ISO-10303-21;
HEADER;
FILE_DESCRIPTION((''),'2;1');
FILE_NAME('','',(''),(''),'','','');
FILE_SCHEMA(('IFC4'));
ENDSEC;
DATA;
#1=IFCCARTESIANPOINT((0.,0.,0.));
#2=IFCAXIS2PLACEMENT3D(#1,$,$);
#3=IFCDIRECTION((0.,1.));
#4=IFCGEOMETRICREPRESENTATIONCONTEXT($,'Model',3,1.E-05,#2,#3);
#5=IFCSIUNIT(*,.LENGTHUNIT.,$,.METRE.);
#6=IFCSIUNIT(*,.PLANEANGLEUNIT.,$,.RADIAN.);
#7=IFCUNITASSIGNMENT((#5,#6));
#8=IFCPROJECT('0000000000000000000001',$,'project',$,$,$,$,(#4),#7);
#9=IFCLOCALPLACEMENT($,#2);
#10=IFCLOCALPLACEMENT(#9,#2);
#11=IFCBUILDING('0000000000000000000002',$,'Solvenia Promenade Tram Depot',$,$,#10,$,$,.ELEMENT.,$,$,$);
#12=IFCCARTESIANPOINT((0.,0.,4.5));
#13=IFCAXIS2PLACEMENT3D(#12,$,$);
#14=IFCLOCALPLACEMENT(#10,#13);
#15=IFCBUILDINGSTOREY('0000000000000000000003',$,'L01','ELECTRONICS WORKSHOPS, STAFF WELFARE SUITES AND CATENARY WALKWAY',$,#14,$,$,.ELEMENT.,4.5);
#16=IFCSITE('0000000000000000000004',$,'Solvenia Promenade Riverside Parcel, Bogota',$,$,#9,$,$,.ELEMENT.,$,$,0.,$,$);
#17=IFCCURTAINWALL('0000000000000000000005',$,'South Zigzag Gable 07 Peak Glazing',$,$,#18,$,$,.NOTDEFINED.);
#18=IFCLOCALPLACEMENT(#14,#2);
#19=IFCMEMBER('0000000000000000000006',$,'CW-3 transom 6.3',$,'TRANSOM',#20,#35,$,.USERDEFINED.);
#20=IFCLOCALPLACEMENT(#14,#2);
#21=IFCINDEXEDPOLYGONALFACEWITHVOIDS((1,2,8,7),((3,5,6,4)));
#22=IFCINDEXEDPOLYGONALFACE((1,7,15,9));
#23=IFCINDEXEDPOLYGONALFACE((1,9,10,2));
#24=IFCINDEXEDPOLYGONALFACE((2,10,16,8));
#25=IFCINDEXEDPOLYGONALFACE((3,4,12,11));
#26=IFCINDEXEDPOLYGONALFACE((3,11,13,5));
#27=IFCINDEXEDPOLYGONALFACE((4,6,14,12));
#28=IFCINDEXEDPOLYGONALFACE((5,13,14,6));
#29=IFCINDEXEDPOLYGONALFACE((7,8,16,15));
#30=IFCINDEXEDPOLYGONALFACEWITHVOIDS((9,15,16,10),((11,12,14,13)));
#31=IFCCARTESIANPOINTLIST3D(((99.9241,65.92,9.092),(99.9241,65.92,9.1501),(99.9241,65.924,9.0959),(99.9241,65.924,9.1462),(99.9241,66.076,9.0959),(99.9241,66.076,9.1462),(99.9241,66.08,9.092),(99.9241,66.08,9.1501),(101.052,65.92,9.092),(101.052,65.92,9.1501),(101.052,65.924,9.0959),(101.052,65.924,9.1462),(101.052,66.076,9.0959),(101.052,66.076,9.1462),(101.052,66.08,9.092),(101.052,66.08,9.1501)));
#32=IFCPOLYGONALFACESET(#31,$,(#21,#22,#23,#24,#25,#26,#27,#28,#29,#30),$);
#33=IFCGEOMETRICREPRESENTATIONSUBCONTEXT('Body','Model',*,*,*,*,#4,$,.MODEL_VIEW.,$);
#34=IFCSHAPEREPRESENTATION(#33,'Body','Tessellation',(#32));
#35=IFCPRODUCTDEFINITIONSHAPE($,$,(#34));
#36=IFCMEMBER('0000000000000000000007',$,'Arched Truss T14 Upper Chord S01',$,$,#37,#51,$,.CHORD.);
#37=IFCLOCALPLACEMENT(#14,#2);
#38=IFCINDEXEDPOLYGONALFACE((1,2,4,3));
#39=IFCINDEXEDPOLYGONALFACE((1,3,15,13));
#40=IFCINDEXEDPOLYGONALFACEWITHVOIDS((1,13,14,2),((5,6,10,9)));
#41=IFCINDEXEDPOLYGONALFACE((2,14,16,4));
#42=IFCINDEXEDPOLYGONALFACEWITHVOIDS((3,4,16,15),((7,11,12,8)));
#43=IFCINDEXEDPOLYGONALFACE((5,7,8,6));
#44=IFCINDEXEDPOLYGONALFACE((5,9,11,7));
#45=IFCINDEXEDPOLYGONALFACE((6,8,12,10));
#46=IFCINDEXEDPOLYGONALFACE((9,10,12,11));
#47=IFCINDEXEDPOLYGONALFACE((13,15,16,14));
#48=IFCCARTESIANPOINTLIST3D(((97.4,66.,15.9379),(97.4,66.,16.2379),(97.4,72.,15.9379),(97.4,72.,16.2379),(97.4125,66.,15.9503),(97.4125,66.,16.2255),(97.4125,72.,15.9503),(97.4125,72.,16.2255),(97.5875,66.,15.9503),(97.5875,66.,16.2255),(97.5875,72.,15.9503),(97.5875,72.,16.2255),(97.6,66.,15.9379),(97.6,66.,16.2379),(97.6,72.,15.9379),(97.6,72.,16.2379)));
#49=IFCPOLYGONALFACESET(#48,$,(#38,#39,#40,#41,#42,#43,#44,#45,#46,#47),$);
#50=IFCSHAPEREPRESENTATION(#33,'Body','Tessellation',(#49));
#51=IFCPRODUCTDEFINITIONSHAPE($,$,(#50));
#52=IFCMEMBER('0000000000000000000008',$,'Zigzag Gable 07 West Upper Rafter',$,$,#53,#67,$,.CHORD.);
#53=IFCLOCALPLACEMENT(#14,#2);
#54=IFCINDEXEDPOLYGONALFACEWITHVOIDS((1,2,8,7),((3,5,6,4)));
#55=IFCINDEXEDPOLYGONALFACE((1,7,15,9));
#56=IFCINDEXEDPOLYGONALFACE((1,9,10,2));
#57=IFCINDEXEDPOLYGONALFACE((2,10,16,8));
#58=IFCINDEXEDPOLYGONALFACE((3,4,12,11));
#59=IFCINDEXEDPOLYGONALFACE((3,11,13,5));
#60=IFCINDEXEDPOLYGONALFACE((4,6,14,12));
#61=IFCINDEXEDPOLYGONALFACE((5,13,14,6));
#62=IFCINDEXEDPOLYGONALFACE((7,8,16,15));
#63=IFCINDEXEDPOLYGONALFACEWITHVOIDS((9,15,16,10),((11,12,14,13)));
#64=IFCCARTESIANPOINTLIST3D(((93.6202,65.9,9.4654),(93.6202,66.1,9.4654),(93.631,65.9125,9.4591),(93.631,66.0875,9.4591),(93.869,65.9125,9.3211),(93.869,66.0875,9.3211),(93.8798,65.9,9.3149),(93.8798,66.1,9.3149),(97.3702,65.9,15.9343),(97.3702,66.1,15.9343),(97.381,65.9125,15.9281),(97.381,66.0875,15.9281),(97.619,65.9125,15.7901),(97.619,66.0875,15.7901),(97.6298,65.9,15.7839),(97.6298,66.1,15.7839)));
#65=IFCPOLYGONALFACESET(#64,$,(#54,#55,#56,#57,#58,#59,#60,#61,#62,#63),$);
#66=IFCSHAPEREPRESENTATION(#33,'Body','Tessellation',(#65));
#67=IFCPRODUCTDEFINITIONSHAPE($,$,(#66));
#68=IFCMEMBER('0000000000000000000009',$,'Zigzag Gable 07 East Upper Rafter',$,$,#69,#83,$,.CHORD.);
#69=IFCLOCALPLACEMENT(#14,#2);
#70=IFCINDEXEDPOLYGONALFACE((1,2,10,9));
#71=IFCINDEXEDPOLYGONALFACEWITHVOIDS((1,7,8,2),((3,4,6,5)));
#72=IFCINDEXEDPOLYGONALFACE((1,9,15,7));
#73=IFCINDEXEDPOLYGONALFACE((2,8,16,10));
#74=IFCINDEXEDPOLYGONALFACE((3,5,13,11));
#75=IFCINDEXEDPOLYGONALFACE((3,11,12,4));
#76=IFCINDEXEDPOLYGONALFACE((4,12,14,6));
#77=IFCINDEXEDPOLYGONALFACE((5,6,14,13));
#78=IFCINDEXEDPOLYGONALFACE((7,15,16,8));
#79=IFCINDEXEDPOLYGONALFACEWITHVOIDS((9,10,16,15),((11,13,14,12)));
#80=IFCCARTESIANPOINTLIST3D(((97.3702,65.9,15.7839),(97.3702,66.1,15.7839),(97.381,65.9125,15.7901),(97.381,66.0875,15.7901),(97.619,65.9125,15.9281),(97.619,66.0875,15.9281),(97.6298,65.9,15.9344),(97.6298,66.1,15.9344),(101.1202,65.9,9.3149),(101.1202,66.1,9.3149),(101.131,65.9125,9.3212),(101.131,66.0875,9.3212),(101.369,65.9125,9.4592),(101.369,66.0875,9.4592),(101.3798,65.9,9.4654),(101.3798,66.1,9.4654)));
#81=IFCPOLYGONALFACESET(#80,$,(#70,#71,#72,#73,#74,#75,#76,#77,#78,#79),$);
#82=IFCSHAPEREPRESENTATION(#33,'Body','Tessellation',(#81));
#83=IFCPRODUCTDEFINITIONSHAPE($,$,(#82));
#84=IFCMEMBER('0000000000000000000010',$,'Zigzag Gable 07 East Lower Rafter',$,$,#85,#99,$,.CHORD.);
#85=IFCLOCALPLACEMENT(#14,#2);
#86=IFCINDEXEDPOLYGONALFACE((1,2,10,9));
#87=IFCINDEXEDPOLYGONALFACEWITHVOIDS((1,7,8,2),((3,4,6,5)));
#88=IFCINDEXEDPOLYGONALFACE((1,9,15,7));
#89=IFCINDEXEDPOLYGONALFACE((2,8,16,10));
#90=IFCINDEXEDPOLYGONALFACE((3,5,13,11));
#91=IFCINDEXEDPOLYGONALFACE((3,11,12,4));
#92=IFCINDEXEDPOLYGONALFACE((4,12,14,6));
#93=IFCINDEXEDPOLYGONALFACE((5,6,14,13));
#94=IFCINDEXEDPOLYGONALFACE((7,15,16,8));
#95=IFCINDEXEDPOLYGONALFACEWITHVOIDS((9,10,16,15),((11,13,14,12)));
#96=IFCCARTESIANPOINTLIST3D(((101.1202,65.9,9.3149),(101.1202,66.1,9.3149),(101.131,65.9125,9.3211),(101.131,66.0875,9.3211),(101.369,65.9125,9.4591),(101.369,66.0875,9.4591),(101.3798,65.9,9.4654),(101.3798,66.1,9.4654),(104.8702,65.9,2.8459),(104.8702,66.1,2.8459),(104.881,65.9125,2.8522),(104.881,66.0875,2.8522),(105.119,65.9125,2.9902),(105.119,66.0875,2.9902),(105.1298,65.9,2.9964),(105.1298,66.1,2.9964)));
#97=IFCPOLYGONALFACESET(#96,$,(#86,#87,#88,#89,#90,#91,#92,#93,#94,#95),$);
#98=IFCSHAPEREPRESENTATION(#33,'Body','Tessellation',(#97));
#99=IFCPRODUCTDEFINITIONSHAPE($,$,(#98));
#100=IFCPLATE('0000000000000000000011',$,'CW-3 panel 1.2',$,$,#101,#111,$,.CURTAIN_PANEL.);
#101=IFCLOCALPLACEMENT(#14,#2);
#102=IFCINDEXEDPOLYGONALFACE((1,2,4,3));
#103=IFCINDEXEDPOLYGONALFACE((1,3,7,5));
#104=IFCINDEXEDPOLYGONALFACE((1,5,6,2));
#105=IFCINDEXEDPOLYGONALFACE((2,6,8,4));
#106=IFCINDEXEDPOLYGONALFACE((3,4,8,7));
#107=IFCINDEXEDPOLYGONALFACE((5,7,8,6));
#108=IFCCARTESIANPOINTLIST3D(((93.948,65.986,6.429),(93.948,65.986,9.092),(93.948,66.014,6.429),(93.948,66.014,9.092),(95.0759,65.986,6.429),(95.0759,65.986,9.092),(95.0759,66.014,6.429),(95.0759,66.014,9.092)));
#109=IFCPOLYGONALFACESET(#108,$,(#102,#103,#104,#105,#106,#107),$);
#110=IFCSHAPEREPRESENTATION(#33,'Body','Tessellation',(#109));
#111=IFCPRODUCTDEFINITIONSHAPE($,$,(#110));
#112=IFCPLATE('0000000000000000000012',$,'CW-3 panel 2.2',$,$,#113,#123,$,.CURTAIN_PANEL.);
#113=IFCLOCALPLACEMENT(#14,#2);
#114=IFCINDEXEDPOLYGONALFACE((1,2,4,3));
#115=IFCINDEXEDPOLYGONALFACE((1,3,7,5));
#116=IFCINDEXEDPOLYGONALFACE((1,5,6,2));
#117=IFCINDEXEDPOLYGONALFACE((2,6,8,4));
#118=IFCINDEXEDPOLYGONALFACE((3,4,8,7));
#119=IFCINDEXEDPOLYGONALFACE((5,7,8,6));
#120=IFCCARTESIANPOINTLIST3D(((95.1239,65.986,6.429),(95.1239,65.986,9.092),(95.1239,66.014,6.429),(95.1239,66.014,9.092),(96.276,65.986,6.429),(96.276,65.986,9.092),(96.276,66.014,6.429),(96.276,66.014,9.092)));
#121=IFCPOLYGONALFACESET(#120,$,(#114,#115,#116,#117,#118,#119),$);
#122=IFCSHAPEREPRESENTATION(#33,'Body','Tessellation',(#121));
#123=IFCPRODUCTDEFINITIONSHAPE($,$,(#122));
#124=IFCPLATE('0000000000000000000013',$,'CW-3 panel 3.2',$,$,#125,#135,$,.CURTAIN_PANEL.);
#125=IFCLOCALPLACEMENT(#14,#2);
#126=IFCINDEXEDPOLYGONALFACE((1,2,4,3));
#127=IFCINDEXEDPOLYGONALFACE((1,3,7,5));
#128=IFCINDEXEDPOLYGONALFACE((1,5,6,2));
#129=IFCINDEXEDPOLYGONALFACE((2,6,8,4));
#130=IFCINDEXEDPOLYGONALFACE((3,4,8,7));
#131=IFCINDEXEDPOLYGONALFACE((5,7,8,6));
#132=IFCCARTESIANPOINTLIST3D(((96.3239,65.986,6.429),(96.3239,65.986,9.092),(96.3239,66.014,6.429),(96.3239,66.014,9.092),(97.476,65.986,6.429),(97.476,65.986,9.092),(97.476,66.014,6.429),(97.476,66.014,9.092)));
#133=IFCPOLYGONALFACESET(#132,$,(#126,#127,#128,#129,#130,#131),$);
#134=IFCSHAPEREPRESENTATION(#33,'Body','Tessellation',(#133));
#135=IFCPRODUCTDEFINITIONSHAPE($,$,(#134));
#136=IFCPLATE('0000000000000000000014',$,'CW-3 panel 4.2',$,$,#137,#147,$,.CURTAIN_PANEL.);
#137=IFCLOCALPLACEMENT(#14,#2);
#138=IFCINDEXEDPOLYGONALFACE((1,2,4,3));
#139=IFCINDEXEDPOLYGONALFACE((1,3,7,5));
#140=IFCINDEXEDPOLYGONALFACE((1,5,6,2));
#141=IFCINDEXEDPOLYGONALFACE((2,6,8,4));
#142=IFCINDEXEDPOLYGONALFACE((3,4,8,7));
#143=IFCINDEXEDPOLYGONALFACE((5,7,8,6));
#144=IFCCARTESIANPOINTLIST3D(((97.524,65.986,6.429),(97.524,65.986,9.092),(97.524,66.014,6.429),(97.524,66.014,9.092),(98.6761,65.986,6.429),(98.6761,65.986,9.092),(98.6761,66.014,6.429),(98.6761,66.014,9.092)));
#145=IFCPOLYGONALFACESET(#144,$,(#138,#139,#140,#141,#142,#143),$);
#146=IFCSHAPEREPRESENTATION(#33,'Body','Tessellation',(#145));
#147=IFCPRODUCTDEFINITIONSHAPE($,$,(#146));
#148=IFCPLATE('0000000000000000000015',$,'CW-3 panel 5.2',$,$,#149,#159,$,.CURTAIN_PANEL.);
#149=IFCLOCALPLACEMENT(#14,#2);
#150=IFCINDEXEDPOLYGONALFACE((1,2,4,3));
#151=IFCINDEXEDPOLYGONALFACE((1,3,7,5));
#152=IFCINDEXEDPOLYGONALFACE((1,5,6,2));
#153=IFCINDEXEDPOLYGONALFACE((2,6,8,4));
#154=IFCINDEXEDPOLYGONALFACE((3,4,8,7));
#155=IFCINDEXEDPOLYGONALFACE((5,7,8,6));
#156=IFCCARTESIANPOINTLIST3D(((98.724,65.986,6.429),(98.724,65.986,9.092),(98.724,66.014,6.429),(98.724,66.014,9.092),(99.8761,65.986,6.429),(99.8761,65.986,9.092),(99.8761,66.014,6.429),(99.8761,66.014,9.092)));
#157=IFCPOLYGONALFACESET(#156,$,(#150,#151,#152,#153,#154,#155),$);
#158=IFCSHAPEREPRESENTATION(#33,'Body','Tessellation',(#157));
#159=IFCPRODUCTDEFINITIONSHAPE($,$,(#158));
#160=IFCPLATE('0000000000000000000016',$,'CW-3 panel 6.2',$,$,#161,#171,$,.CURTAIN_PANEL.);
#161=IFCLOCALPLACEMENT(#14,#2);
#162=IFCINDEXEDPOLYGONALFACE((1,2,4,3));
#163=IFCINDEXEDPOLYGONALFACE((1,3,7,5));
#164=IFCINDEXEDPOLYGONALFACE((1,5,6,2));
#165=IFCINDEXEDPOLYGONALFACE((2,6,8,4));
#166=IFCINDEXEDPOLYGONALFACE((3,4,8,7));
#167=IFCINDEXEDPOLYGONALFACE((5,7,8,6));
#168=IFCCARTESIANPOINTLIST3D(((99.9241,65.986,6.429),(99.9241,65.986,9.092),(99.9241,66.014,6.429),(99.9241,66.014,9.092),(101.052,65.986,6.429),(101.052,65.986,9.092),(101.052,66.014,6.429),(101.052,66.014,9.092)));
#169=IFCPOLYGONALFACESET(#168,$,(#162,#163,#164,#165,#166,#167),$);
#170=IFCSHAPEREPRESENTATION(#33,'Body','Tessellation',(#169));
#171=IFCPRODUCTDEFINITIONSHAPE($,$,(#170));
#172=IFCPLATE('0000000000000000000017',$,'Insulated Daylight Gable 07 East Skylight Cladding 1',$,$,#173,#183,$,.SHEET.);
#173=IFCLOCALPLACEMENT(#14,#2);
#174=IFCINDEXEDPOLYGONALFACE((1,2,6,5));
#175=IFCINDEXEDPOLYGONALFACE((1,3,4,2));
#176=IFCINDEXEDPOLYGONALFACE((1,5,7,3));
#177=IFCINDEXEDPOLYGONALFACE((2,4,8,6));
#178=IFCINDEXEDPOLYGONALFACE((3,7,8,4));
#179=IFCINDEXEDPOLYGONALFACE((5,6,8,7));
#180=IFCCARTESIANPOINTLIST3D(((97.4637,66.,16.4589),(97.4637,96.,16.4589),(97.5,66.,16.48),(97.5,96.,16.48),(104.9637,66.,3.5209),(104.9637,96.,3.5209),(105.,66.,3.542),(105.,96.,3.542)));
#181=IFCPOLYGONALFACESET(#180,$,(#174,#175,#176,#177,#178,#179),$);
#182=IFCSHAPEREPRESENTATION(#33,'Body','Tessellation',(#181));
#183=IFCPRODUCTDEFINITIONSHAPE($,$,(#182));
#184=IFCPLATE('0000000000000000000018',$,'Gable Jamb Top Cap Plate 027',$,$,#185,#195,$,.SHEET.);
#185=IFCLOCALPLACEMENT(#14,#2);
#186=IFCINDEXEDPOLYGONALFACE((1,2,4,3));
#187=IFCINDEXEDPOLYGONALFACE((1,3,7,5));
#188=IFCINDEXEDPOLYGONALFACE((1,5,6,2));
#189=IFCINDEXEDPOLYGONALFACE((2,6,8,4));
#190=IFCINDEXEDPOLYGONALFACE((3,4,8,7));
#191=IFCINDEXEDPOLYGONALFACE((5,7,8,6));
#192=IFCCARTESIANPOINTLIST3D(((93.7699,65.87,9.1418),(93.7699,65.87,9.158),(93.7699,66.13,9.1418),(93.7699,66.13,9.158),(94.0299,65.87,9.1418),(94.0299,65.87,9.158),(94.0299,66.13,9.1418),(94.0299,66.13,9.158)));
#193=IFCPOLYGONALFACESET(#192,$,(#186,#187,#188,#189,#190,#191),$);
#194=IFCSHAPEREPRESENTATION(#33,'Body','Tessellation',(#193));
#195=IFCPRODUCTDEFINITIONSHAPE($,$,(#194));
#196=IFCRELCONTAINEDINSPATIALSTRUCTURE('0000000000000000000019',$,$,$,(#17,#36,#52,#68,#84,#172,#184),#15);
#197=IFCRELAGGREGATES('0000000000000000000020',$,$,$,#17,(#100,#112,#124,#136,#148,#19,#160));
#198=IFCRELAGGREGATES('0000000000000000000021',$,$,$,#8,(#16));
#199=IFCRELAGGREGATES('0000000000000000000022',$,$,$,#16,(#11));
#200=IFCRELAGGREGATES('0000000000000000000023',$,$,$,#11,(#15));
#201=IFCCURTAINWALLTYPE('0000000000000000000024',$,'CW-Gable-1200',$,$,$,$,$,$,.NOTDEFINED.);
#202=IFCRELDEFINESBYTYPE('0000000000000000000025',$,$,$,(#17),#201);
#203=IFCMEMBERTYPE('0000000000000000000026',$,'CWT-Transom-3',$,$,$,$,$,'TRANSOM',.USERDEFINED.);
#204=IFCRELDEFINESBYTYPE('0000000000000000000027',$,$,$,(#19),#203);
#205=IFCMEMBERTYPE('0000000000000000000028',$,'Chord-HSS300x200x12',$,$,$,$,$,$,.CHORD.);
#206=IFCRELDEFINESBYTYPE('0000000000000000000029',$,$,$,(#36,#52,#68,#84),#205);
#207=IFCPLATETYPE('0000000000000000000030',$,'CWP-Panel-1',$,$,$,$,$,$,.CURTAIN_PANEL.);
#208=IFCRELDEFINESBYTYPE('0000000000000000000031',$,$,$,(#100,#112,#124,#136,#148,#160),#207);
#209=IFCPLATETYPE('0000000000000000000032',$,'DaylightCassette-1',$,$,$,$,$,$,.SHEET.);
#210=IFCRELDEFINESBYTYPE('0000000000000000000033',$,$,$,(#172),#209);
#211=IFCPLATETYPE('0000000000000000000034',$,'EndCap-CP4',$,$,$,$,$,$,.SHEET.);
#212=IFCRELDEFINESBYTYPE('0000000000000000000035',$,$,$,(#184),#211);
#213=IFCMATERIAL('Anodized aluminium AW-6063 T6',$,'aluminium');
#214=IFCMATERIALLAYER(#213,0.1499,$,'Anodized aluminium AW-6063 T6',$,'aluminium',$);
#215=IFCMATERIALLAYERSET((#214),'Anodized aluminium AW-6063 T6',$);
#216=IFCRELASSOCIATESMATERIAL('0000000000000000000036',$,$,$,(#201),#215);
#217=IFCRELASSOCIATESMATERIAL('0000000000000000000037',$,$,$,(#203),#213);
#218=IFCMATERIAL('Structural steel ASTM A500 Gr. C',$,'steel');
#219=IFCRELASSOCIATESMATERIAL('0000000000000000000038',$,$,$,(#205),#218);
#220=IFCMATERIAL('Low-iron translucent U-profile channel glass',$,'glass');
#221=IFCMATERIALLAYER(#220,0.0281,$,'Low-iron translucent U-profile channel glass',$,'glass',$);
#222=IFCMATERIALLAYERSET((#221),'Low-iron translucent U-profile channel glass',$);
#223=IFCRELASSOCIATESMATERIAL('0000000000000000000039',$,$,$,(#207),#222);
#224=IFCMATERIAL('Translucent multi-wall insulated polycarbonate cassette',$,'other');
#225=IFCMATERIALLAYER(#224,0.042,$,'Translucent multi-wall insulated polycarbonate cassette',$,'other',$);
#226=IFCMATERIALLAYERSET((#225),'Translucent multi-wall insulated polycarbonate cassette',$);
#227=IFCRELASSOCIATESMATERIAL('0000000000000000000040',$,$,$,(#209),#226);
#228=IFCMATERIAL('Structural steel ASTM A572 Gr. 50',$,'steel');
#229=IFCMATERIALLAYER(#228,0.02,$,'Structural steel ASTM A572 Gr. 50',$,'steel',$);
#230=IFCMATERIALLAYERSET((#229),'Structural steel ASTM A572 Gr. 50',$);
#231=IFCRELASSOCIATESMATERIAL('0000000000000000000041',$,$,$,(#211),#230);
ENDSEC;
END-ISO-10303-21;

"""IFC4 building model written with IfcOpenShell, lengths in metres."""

from ifc_helpers import new_model, si_unit, direction, frame, origin, origin_2d, place, context, subcontext, project, spatial, polyline, rectangle, hollow_rectangle, outline, extrude, material, layer, layer_set, material_profile, profile_set, type_object, element, aggregate, save


model = new_model("IFC4")

# Units and contexts
model_context = context("Model", 3, precision=1e-05, world=origin(), true_north=direction((0.0, 1.0)))
body_context = subcontext(model_context, "Body", "Model", "MODEL_VIEW")
ifc_project = project(units=[si_unit("LENGTHUNIT", "METRE"), si_unit("PLANEANGLEUNIT", "RADIAN")], contexts=[model_context])

# Site, building, storey
site_placement = place(None, origin())
site = spatial("IfcSite", under=ifc_project, at=site_placement, Name="Solvenia Promenade Riverside Parcel, Bogota", CompositionType="ELEMENT", RefElevation=0.0)
building_placement = place(site_placement, origin())
building = spatial("IfcBuilding", under=site, at=building_placement, Name="Solvenia Promenade Tram Depot", CompositionType="ELEMENT")
storey_placement = place(building_placement, frame((0.0, 0.0, 4.5)))
storey = spatial("IfcBuildingStorey", under=building, at=storey_placement, Name="L01", Description="ELECTRONICS WORKSHOPS, STAFF WELFARE SUITES AND CATENARY WALKWAY", CompositionType="ELEMENT", Elevation=4.5)

# Curtain wall, member
ifc_material_1 = material(Name="Anodized aluminium AW-6063 T6", Category="aluminium")
ifc_layer_1 = layer(ifc_material_1, 0.1499, Name="Anodized aluminium AW-6063 T6", Category="aluminium")
ifc_layer_set_1 = layer_set([ifc_layer_1], Name="Anodized aluminium AW-6063 T6")
curtain_wall_type = type_object("IfcCurtainWallType", Name="CW-Gable-1200", PredefinedType="NOTDEFINED", material=ifc_layer_set_1)
curtain_wall_placement = place(storey_placement, origin())
curtain_wall = element("IfcCurtainWall", 1, at=curtain_wall_placement, inside=storey, type_object=curtain_wall_type, Name="South Zigzag Gable 07 Peak Glazing", PredefinedType="NOTDEFINED")
ifc_material_profile_1 = material_profile(ifc_material_1, hollow_rectangle(XDim=0.1599, YDim=0.0581, WallThickness=0.0039, at=origin_2d()), Name="ALU-T3", Category="aluminium")
ifc_profile_set_1 = profile_set([ifc_material_profile_1], Name="Anodized aluminium AW-6063 T6")
member_type_1 = type_object("IfcMemberType", Name="CWT-Transom-3", ElementType="TRANSOM", PredefinedType="USERDEFINED", material=ifc_profile_set_1)
member_1_placement = place(storey_placement, frame((99.9241, 66.0, 9.1211), z_axis=(1.0, 0.0, 0.0), x_axis=(0.0, 1.0, 0.0)))
member_1 = element("IfcMember", 2, at=member_1_placement, type_object=member_type_1, Name="CW-3 transom 6.3", ObjectType="TRANSOM", PredefinedType="USERDEFINED", context=body_context, shape_type="SweptSolid", body=[
    extrude(hollow_rectangle(XDim=0.1599, YDim=0.0581, WallThickness=0.0039, at=origin_2d()), origin(), (0.0, 0.0, 1.0), 1.1279),
])

# Members
ifc_material_2 = material(Name="Structural steel ASTM A500 Gr. C", Category="steel")
ifc_material_profile_2 = material_profile(ifc_material_2, hollow_rectangle(XDim=0.2, YDim=0.3, WallThickness=0.0125, at=origin_2d()), Name="HSS300x200x12.5", Category="steel")
ifc_profile_set_2 = profile_set([ifc_material_profile_2], Name="Structural steel ASTM A500 Gr. C")
member_type_2 = type_object("IfcMemberType", Name="Chord-HSS300x200x12", PredefinedType="CHORD", material=ifc_profile_set_2)
member_2_placement = place(storey_placement, frame((97.5, 66.0, 16.0879), z_axis=(0.0, 1.0, 0.0), x_axis=(-1.0, 0.0, 0.0)))
element("IfcMember", 3, at=member_2_placement, inside=storey, type_object=member_type_2, Name="Arched Truss T14 Upper Chord S01", PredefinedType="CHORD", context=body_context, shape_type="SweptSolid", body=[
    extrude(hollow_rectangle(XDim=0.2, YDim=0.3, WallThickness=0.0125, at=origin_2d()), origin(), (0.0, 0.0, 1.0), 6.0),
])
for number, where, z_axis, x_axis, name in (
    (4, (93.75, 66.0, 9.3901), (0.501516, 0.0, 0.865148), (0.0, 1.0, 0.0), "Zigzag Gable 07 West Upper Rafter"),
    (5, (97.5, 66.0, 15.8591), (0.501516, 0.0, -0.865148), (0.0, 1.0, 0.0), "Zigzag Gable 07 East Upper Rafter"),
    (6, (101.25, 66.0, 9.3901), (0.501516, 0.0, -0.865148), (0.0, 1.0, 0.0), "Zigzag Gable 07 East Lower Rafter"),
):
    element("IfcMember", number, at=place(storey_placement, frame(where, z_axis=z_axis, x_axis=x_axis)), inside=storey, type_object=member_type_2, Name=name, PredefinedType="CHORD", context=body_context, shape_type="SweptSolid", body=[
        extrude(hollow_rectangle(XDim=0.2, YDim=0.3, WallThickness=0.0125, at=origin_2d()), origin(), (0.0, 0.0, 1.0), 7.4773),
    ])

# Plates
ifc_material_3 = material(Name="Low-iron translucent U-profile channel glass", Category="glass")
ifc_layer_2 = layer(ifc_material_3, 0.0281, Name="Low-iron translucent U-profile channel glass", Category="glass")
ifc_layer_set_2 = layer_set([ifc_layer_2], Name="Low-iron translucent U-profile channel glass")
plate_type_1 = type_object("IfcPlateType", Name="CWP-Panel-1", PredefinedType="CURTAIN_PANEL", material=ifc_layer_set_2)
plate_1_placement = place(storey_placement, frame((94.512, 66.0, 6.429), z_axis=(0.0, 0.0, 1.0), x_axis=(1.0, 0.0, 0.0)))
plate_1 = element("IfcPlate", 7, at=plate_1_placement, type_object=plate_type_1, Name="CW-3 panel 1.2", PredefinedType="CURTAIN_PANEL", context=body_context, shape_type="SweptSolid", body=[
    extrude(rectangle(XDim=1.1279, YDim=0.0281, at=origin_2d()), origin(), (0.0, 0.0, 1.0), 2.6631),
])
plate_2_placement = place(storey_placement, frame((95.7, 66.0, 6.429), z_axis=(0.0, 0.0, 1.0), x_axis=(1.0, 0.0, 0.0)))
plate_2 = element("IfcPlate", 8, at=plate_2_placement, type_object=plate_type_1, Name="CW-3 panel 2.2", PredefinedType="CURTAIN_PANEL", context=body_context, shape_type="SweptSolid", body=[
    extrude(rectangle(XDim=1.1521, YDim=0.0281, at=origin_2d()), origin(), (0.0, 0.0, 1.0), 2.6631),
])
plate_3_placement = place(storey_placement, frame((96.8999, 66.0, 6.429), z_axis=(0.0, 0.0, 1.0), x_axis=(1.0, 0.0, 0.0)))
plate_3 = element("IfcPlate", 9, at=plate_3_placement, type_object=plate_type_1, Name="CW-3 panel 3.2", PredefinedType="CURTAIN_PANEL", context=body_context, shape_type="SweptSolid", body=[
    extrude(rectangle(XDim=1.1521, YDim=0.0281, at=origin_2d()), origin(), (0.0, 0.0, 1.0), 2.6631),
])
plate_4_placement = place(storey_placement, frame((98.1001, 66.0, 6.429), z_axis=(0.0, 0.0, 1.0), x_axis=(1.0, 0.0, 0.0)))
plate_4 = element("IfcPlate", 10, at=plate_4_placement, type_object=plate_type_1, Name="CW-3 panel 4.2", PredefinedType="CURTAIN_PANEL", context=body_context, shape_type="SweptSolid", body=[
    extrude(rectangle(XDim=1.1521, YDim=0.0281, at=origin_2d()), origin(), (0.0, 0.0, 1.0), 2.6631),
])
plate_5_placement = place(storey_placement, frame((99.3, 66.0, 6.429), z_axis=(0.0, 0.0, 1.0), x_axis=(1.0, 0.0, 0.0)))
plate_5 = element("IfcPlate", 11, at=plate_5_placement, type_object=plate_type_1, Name="CW-3 panel 5.2", PredefinedType="CURTAIN_PANEL", context=body_context, shape_type="SweptSolid", body=[
    extrude(rectangle(XDim=1.1521, YDim=0.0281, at=origin_2d()), origin(), (0.0, 0.0, 1.0), 2.6631),
])
plate_6_placement = place(storey_placement, frame((100.488, 66.0, 6.429), z_axis=(0.0, 0.0, 1.0), x_axis=(1.0, 0.0, 0.0)))
plate_6 = element("IfcPlate", 12, at=plate_6_placement, type_object=plate_type_1, Name="CW-3 panel 6.2", PredefinedType="CURTAIN_PANEL", context=body_context, shape_type="SweptSolid", body=[
    extrude(rectangle(XDim=1.1279, YDim=0.0281, at=origin_2d()), origin(), (0.0, 0.0, 1.0), 2.6631),
])
aggregate(curtain_wall, [plate_1, plate_2, plate_3, plate_4, plate_5, member_1, plate_6])

# Plates
ifc_material_4 = material(Name="Translucent multi-wall insulated polycarbonate cassette", Category="other")
ifc_layer_3 = layer(ifc_material_4, 0.042, Name="Translucent multi-wall insulated polycarbonate cassette", Category="other")
ifc_layer_set_3 = layer_set([ifc_layer_3], Name="Translucent multi-wall insulated polycarbonate cassette")
plate_type_2 = type_object("IfcPlateType", Name="DaylightCassette-1", PredefinedType="SHEET", material=ifc_layer_set_3)
plate_7_placement = place(storey_placement, frame((97.5, 66.0, 16.48), z_axis=(0.865148, 0.0, 0.501516), x_axis=(0.0, 1.0, 0.0)))
element("IfcPlate", 13, at=plate_7_placement, inside=storey, type_object=plate_type_2, Name="Insulated Daylight Gable 07 East Skylight Cladding 1", PredefinedType="SHEET", context=body_context, shape_type="SweptSolid", body=[
    extrude(outline(polyline([(0.0, 0.0), (30.0, 0.0), (30.0, -14.9546), (0.0, -14.9546), (0.0, 0.0)])), origin(), (0.0, 0.0, -1.0), 0.042),
])
ifc_material_5 = material(Name="Structural steel ASTM A572 Gr. 50", Category="steel")
ifc_layer_4 = layer(ifc_material_5, 0.02, Name="Structural steel ASTM A572 Gr. 50", Category="steel")
ifc_layer_set_4 = layer_set([ifc_layer_4], Name="Structural steel ASTM A572 Gr. 50")
plate_type_3 = type_object("IfcPlateType", Name="EndCap-CP4", PredefinedType="SHEET", material=ifc_layer_set_4)
for number, where, z_axis, x_axis, name in (
    (14, (93.8999, 66.0, 9.1418), (0.0, 0.0, 1.0), (1.0, 0.0, 0.0), "Gable Jamb Top Cap Plate 027"),
):
    element("IfcPlate", number, at=place(storey_placement, frame(where, z_axis=z_axis, x_axis=x_axis)), inside=storey, type_object=plate_type_3, Name=name, PredefinedType="SHEET", context=body_context, shape_type="SweptSolid", body=[
        extrude(rectangle(XDim=0.26, YDim=0.26, at=origin_2d()), origin(), (0.0, 0.0, 1.0), 0.0161),
    ])

save(model, "model.ifc")
